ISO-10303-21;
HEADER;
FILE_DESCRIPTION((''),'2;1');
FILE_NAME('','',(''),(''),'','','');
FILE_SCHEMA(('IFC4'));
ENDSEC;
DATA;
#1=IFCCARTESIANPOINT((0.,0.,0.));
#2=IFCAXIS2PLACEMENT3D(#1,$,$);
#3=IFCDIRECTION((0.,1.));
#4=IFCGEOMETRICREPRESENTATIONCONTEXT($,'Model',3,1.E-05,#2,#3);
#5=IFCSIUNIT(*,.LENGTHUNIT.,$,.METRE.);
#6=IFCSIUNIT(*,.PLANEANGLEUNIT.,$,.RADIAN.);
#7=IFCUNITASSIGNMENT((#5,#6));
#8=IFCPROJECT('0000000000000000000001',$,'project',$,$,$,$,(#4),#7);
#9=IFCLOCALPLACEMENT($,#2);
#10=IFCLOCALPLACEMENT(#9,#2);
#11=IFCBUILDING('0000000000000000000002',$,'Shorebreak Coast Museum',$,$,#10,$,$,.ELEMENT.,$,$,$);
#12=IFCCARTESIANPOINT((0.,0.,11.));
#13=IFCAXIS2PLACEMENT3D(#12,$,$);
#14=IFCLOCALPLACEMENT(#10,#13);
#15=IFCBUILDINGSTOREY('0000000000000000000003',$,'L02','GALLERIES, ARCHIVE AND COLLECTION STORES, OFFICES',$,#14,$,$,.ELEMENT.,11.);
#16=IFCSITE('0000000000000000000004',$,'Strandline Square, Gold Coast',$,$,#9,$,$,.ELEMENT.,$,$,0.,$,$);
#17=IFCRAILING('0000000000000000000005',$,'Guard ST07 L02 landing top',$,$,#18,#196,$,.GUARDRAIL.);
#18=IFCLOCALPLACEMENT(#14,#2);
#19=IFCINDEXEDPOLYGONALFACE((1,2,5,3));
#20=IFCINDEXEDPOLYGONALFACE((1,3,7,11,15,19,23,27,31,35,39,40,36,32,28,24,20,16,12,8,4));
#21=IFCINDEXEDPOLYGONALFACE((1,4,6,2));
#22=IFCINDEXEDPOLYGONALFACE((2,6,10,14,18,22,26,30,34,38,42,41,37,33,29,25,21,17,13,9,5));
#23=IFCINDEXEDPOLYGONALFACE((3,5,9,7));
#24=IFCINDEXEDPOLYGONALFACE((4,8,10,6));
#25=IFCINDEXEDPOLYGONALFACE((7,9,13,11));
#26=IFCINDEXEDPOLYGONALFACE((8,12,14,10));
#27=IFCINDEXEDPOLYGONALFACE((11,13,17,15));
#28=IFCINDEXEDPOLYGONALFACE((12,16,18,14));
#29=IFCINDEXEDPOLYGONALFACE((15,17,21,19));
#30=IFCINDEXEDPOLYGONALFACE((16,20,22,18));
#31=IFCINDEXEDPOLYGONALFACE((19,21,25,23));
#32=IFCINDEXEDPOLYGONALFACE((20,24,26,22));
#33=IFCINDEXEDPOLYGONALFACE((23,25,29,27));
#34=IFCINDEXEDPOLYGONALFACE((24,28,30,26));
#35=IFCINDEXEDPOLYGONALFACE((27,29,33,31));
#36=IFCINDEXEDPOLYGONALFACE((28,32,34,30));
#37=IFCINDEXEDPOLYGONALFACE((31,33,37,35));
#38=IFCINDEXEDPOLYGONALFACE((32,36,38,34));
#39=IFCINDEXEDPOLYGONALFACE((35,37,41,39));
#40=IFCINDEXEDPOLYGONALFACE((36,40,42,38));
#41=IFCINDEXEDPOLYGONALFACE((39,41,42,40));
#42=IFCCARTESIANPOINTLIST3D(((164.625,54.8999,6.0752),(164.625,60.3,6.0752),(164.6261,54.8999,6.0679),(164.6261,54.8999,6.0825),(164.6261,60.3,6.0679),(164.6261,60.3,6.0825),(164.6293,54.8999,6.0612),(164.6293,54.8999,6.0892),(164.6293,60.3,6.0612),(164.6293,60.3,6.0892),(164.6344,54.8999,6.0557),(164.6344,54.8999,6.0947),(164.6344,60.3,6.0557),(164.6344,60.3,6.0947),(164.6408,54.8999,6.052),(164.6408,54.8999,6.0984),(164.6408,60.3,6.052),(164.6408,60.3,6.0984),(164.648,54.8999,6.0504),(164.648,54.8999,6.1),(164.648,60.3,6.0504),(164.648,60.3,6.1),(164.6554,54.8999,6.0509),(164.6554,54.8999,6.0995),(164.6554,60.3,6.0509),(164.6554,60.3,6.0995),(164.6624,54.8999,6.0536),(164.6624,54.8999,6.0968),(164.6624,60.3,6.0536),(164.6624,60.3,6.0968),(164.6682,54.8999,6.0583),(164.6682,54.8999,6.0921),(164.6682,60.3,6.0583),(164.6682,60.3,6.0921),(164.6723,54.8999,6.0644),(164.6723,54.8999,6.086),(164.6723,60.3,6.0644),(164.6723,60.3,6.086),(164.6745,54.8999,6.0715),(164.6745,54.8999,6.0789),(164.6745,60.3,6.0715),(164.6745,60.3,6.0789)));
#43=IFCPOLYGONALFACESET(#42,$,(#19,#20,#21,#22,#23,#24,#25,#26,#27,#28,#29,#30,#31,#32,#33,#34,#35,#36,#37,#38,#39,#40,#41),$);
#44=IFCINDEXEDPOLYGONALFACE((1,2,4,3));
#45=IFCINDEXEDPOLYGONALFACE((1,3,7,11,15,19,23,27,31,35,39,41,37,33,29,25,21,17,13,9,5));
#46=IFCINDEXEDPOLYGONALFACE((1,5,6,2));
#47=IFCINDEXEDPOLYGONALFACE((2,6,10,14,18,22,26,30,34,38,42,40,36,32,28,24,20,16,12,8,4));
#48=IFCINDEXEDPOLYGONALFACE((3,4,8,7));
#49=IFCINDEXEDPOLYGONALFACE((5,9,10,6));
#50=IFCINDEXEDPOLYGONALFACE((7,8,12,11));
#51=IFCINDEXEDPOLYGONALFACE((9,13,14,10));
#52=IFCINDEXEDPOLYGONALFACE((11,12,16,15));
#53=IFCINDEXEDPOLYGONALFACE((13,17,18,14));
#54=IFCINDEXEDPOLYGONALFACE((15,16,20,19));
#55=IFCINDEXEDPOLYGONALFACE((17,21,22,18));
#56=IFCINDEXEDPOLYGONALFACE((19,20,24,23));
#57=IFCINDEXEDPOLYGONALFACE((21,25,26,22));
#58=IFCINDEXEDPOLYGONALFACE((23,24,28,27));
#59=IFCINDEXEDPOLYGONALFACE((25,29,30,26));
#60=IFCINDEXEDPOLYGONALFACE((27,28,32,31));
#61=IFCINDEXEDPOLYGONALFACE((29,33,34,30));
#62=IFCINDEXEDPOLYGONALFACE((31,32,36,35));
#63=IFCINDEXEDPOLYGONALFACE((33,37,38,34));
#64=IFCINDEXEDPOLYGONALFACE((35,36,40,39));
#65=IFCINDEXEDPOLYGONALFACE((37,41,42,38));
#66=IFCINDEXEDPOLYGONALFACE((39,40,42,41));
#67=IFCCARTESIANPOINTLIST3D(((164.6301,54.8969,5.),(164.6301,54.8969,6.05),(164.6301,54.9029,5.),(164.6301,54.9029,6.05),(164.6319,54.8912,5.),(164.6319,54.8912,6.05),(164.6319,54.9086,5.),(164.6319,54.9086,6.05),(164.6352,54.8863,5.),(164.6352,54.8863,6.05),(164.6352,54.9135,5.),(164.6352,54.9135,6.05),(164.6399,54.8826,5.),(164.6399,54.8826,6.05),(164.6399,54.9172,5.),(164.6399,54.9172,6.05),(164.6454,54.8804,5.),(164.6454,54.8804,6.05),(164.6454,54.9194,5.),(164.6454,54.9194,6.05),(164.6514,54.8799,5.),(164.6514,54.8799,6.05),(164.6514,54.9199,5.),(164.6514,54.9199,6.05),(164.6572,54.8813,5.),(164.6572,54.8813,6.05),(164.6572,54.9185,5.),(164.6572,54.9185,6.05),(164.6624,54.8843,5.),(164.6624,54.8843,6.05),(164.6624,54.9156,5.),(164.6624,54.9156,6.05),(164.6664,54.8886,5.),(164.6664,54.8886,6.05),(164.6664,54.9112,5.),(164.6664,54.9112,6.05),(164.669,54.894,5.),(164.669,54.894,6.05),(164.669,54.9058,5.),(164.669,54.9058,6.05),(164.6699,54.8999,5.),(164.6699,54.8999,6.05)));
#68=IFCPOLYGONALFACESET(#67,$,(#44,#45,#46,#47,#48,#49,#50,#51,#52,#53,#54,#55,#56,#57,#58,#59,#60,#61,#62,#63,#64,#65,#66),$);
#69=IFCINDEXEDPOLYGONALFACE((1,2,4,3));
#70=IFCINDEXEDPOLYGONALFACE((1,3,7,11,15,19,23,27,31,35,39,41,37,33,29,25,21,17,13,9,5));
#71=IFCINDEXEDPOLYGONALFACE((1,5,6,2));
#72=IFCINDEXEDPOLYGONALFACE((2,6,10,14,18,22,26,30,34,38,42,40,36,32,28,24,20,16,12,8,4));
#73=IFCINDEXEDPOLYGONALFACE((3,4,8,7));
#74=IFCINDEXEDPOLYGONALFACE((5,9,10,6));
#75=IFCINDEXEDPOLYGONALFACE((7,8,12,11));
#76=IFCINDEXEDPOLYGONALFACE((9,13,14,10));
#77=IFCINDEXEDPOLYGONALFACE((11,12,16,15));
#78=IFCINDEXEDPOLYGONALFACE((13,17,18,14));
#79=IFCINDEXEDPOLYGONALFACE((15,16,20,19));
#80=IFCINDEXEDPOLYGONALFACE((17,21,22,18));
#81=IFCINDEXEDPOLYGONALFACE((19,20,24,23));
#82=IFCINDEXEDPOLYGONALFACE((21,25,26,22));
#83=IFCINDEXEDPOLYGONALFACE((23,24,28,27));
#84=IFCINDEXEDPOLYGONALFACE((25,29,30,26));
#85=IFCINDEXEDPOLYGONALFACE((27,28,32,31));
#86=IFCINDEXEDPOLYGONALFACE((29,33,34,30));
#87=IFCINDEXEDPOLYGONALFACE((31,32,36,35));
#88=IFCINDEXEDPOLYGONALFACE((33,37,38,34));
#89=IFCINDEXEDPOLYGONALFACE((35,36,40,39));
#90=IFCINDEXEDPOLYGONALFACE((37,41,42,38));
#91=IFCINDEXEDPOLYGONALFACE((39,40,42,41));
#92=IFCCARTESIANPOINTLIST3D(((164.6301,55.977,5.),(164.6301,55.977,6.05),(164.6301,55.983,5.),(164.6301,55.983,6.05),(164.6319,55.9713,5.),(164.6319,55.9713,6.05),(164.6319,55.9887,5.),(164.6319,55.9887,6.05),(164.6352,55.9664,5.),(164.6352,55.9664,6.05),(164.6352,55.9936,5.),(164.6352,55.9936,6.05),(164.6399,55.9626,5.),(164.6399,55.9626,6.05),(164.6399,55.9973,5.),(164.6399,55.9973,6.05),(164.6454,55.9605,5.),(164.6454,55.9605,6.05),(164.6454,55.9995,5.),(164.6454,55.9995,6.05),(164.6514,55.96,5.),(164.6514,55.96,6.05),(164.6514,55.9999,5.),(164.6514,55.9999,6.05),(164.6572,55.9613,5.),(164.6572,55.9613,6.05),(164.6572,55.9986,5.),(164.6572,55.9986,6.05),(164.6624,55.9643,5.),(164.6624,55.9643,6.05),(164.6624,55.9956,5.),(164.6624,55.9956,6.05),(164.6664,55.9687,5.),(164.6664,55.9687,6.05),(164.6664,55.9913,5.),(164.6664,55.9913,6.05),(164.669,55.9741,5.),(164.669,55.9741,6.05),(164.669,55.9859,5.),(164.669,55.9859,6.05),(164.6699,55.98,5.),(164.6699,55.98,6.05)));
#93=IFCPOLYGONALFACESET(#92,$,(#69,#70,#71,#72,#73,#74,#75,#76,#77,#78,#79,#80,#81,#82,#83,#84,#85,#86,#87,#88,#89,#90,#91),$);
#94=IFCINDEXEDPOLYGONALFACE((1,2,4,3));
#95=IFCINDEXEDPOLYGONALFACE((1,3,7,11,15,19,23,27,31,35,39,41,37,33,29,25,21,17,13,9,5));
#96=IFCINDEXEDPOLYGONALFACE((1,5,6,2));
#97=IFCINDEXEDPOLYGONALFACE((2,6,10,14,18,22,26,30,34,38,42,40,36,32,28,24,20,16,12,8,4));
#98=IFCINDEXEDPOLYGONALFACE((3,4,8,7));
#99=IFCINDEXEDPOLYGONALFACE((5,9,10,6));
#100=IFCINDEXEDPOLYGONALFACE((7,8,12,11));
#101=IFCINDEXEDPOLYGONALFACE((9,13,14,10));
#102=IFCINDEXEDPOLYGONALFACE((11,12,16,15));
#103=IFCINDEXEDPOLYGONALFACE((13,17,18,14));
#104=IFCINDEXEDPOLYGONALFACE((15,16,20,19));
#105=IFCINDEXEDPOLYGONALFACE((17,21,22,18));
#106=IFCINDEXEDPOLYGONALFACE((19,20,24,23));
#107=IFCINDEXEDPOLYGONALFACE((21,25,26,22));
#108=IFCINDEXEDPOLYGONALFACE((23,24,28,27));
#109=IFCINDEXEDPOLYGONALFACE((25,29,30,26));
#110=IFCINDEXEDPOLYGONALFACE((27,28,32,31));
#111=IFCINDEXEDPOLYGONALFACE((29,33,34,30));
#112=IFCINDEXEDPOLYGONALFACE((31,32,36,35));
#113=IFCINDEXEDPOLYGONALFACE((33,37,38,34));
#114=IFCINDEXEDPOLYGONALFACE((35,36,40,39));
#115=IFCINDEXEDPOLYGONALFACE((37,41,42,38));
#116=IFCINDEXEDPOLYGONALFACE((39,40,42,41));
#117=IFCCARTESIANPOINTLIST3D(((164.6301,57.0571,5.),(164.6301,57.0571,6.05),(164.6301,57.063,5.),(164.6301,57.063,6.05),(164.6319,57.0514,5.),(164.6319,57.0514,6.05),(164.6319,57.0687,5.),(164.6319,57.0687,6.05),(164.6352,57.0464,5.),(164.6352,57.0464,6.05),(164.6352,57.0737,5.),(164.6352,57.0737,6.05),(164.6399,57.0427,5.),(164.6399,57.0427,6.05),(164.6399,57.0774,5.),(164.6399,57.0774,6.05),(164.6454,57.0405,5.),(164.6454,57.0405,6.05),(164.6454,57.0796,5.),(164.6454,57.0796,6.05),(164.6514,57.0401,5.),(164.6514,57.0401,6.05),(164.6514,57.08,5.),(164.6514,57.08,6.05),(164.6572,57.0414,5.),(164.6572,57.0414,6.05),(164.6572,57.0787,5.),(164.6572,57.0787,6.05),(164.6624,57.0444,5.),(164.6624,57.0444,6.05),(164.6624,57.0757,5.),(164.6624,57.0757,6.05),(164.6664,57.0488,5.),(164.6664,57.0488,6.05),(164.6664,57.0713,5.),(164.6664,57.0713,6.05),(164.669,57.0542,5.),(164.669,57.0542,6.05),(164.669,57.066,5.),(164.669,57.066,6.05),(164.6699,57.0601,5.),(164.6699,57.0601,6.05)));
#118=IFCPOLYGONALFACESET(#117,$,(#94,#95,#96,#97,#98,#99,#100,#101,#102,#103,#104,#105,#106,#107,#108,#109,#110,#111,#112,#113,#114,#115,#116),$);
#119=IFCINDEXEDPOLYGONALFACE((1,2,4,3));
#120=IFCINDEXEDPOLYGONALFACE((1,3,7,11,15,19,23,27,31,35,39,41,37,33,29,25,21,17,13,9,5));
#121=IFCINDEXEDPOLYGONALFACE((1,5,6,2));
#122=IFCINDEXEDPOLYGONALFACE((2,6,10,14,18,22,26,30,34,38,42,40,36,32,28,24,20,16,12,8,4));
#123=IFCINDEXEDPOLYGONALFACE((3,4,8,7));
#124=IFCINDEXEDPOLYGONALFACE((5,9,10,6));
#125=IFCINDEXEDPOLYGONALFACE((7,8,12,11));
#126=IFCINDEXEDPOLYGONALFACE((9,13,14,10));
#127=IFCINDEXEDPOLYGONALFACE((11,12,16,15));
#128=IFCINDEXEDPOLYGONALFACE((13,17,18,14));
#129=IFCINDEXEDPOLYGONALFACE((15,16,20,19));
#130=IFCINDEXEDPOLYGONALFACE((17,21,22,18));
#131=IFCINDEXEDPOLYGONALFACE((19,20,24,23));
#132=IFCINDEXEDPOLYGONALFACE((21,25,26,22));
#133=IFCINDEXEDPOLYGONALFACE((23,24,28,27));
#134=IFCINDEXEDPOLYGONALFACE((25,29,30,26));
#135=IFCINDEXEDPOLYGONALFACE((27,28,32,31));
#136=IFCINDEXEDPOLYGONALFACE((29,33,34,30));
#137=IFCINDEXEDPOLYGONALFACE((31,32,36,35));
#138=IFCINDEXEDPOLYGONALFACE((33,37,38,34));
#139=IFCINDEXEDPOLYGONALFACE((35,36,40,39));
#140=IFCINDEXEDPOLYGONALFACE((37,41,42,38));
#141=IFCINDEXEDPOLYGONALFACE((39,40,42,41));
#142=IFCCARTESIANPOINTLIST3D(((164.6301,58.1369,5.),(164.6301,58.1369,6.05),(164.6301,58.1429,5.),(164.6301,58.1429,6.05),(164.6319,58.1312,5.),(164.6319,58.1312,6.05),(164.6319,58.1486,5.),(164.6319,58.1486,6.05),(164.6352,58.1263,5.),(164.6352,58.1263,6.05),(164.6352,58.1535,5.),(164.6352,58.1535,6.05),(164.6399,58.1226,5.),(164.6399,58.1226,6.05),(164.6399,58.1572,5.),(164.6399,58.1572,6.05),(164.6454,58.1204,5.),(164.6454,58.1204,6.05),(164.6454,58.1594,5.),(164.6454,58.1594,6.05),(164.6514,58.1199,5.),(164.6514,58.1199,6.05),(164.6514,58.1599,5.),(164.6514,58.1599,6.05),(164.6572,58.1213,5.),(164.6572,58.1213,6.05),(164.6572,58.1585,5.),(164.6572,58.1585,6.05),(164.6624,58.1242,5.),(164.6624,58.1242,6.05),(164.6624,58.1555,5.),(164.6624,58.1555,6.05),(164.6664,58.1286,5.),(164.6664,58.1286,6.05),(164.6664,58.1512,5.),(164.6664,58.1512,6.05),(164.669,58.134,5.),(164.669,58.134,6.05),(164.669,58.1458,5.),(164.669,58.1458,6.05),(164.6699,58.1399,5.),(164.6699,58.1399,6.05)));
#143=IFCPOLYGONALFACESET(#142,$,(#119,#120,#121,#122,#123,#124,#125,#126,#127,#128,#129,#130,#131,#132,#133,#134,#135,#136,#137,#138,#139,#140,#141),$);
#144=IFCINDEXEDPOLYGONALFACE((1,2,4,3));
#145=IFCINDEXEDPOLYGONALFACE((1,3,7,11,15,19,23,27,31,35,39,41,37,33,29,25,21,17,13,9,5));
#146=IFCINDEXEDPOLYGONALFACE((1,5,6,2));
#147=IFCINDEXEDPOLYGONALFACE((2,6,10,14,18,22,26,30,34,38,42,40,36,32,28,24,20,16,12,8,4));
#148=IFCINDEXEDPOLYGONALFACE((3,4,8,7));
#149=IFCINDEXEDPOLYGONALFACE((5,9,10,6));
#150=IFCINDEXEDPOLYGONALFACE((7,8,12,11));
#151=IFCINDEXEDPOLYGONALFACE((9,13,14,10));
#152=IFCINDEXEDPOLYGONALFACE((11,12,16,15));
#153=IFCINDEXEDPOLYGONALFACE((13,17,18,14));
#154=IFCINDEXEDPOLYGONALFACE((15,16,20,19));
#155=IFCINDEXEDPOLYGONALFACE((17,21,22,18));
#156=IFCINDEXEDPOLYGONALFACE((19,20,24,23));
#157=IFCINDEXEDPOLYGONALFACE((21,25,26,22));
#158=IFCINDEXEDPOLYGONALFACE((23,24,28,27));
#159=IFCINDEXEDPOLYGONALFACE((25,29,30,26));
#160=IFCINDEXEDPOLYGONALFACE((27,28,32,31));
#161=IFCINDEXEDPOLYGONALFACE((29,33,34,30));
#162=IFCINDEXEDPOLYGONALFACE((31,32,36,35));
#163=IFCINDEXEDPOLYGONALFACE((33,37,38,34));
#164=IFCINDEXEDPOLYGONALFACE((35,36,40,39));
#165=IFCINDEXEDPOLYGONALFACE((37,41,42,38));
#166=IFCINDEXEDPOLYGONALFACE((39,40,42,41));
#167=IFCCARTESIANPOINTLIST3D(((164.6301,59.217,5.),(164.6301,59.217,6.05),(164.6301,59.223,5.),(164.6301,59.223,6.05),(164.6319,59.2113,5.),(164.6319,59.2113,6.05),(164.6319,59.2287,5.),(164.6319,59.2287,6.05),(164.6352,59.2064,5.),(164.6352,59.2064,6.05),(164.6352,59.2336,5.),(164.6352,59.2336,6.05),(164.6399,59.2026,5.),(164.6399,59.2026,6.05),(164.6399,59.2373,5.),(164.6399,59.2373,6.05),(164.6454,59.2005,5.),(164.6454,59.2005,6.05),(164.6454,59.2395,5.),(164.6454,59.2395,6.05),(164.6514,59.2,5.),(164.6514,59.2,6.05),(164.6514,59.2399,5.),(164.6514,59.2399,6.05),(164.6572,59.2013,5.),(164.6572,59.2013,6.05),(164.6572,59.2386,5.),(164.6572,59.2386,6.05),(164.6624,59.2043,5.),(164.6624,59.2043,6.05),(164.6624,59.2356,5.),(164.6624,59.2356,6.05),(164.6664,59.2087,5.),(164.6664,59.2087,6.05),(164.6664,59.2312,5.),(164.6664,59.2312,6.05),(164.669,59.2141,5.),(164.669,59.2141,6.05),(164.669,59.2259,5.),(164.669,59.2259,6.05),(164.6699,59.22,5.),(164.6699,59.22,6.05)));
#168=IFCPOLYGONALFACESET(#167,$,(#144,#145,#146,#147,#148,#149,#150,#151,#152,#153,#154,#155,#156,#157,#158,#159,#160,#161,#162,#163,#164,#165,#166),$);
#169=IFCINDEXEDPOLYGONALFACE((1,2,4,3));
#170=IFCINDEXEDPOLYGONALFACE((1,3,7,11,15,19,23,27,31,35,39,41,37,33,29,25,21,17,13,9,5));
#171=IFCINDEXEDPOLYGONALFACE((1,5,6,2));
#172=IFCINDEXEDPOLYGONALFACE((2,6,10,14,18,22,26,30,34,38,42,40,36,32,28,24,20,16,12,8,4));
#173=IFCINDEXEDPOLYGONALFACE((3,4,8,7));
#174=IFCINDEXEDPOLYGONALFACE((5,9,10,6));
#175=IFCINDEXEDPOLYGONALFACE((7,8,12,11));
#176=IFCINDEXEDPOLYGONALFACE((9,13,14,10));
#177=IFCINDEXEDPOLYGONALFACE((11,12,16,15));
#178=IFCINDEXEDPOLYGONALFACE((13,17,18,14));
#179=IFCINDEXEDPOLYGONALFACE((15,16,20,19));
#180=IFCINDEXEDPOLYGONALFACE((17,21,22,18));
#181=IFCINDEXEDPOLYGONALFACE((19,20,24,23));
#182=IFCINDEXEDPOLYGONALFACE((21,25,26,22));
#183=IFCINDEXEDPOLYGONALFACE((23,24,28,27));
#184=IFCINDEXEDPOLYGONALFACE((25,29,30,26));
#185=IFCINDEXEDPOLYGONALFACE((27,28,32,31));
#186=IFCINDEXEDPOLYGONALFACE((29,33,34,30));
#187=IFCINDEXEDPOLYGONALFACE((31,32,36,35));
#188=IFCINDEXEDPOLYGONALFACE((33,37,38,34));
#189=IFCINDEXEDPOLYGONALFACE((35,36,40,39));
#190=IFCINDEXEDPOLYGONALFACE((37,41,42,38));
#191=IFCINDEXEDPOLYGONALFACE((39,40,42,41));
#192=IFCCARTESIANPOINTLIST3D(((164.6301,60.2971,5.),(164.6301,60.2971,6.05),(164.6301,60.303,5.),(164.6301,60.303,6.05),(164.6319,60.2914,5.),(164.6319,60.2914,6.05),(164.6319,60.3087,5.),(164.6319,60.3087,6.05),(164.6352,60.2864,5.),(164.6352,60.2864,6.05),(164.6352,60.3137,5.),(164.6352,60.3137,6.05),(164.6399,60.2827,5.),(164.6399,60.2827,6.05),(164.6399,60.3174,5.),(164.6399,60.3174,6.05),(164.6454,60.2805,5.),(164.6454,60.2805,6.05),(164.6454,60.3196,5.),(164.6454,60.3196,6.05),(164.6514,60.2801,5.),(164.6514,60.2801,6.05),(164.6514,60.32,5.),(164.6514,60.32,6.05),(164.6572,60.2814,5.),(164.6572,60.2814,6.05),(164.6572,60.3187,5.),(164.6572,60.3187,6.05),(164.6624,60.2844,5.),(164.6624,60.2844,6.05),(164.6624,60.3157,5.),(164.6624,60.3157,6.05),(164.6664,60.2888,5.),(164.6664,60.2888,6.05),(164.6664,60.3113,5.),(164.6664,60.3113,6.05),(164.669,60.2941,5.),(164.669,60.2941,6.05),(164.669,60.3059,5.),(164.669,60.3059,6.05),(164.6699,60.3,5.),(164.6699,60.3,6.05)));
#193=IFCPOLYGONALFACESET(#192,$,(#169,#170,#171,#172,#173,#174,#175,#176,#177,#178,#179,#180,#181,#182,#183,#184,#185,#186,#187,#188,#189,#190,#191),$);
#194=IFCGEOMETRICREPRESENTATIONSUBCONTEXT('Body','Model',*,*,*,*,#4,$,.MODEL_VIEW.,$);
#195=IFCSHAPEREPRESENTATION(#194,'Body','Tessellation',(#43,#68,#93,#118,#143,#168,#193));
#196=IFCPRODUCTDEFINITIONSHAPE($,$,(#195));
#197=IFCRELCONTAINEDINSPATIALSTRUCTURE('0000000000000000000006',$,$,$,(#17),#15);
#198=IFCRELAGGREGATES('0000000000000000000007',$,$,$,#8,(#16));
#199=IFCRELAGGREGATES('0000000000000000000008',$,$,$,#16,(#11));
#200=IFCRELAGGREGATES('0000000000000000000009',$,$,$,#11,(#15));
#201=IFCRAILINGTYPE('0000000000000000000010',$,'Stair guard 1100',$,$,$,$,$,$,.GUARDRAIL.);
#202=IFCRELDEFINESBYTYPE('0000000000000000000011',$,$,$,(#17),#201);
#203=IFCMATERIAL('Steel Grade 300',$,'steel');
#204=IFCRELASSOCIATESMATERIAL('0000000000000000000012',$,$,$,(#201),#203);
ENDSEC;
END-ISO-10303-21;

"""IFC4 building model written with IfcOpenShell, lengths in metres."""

from ifc_helpers import new_model, si_unit, direction, frame, origin, origin_2d, place, context, subcontext, project, spatial, circle, extrude, material, type_object, element, save


model = new_model("IFC4")

# Units and contexts
model_context = context("Model", 3, precision=1e-05, world=origin(), true_north=direction((0.0, 1.0)))
body_context = subcontext(model_context, "Body", "Model", "MODEL_VIEW")
ifc_project = project(units=[si_unit("LENGTHUNIT", "METRE"), si_unit("PLANEANGLEUNIT", "RADIAN")], contexts=[model_context])

# Site, building, storey
site_placement = place(None, origin())
site = spatial("IfcSite", under=ifc_project, at=site_placement, Name="Strandline Square, Gold Coast", CompositionType="ELEMENT", RefElevation=0.0)
building_placement = place(site_placement, origin())
building = spatial("IfcBuilding", under=site, at=building_placement, Name="Shorebreak Coast Museum", CompositionType="ELEMENT")
storey_placement = place(building_placement, frame((0.0, 0.0, 11.0)))
storey = spatial("IfcBuildingStorey", under=building, at=storey_placement, Name="L02", Description="GALLERIES, ARCHIVE AND COLLECTION STORES, OFFICES", CompositionType="ELEMENT", Elevation=11.0)

# Railing
ifc_material_1 = material(Name="Steel Grade 300", Category="steel")
railing_type_1 = type_object("IfcRailingType", Name="Stair guard 1100", PredefinedType="GUARDRAIL", material=ifc_material_1)
railing_1_placement = place(storey_placement, frame((164.6499, 54.8999, 5.0)))
element("IfcRailing", 1, at=railing_1_placement, inside=storey, type_object=railing_type_1, Name="Guard ST07 L02 landing top", PredefinedType="GUARDRAIL", context=body_context, shape_type="SweptSolid", body=[
    extrude(circle(Radius=0.0249, at=origin_2d()), frame((0.0, 0.0, 1.0752), z_axis=(0.0, 1.0, 0.0), x_axis=(-1.0, 0.0, 0.0)), (0.0, 0.0, 1.0), 5.4001),
    extrude(circle(Radius=0.02, at=origin_2d()), origin(), (0.0, 0.0, 1.0), 1.05),
    extrude(circle(Radius=0.02, at=origin_2d()), frame((0.0, 1.0801, 0.0)), (0.0, 0.0, 1.0), 1.05),
    extrude(circle(Radius=0.02, at=origin_2d()), frame((0.0, 2.1602, 0.0)), (0.0, 0.0, 1.0), 1.05),
    extrude(circle(Radius=0.02, at=origin_2d()), frame((0.0, 3.24, 0.0)), (0.0, 0.0, 1.0), 1.05),
    extrude(circle(Radius=0.02, at=origin_2d()), frame((0.0, 4.3201, 0.0)), (0.0, 0.0, 1.0), 1.05),
    extrude(circle(Radius=0.02, at=origin_2d()), frame((0.0, 5.4001, 0.0)), (0.0, 0.0, 1.0), 1.05),
])

save(model, "model.ifc")
